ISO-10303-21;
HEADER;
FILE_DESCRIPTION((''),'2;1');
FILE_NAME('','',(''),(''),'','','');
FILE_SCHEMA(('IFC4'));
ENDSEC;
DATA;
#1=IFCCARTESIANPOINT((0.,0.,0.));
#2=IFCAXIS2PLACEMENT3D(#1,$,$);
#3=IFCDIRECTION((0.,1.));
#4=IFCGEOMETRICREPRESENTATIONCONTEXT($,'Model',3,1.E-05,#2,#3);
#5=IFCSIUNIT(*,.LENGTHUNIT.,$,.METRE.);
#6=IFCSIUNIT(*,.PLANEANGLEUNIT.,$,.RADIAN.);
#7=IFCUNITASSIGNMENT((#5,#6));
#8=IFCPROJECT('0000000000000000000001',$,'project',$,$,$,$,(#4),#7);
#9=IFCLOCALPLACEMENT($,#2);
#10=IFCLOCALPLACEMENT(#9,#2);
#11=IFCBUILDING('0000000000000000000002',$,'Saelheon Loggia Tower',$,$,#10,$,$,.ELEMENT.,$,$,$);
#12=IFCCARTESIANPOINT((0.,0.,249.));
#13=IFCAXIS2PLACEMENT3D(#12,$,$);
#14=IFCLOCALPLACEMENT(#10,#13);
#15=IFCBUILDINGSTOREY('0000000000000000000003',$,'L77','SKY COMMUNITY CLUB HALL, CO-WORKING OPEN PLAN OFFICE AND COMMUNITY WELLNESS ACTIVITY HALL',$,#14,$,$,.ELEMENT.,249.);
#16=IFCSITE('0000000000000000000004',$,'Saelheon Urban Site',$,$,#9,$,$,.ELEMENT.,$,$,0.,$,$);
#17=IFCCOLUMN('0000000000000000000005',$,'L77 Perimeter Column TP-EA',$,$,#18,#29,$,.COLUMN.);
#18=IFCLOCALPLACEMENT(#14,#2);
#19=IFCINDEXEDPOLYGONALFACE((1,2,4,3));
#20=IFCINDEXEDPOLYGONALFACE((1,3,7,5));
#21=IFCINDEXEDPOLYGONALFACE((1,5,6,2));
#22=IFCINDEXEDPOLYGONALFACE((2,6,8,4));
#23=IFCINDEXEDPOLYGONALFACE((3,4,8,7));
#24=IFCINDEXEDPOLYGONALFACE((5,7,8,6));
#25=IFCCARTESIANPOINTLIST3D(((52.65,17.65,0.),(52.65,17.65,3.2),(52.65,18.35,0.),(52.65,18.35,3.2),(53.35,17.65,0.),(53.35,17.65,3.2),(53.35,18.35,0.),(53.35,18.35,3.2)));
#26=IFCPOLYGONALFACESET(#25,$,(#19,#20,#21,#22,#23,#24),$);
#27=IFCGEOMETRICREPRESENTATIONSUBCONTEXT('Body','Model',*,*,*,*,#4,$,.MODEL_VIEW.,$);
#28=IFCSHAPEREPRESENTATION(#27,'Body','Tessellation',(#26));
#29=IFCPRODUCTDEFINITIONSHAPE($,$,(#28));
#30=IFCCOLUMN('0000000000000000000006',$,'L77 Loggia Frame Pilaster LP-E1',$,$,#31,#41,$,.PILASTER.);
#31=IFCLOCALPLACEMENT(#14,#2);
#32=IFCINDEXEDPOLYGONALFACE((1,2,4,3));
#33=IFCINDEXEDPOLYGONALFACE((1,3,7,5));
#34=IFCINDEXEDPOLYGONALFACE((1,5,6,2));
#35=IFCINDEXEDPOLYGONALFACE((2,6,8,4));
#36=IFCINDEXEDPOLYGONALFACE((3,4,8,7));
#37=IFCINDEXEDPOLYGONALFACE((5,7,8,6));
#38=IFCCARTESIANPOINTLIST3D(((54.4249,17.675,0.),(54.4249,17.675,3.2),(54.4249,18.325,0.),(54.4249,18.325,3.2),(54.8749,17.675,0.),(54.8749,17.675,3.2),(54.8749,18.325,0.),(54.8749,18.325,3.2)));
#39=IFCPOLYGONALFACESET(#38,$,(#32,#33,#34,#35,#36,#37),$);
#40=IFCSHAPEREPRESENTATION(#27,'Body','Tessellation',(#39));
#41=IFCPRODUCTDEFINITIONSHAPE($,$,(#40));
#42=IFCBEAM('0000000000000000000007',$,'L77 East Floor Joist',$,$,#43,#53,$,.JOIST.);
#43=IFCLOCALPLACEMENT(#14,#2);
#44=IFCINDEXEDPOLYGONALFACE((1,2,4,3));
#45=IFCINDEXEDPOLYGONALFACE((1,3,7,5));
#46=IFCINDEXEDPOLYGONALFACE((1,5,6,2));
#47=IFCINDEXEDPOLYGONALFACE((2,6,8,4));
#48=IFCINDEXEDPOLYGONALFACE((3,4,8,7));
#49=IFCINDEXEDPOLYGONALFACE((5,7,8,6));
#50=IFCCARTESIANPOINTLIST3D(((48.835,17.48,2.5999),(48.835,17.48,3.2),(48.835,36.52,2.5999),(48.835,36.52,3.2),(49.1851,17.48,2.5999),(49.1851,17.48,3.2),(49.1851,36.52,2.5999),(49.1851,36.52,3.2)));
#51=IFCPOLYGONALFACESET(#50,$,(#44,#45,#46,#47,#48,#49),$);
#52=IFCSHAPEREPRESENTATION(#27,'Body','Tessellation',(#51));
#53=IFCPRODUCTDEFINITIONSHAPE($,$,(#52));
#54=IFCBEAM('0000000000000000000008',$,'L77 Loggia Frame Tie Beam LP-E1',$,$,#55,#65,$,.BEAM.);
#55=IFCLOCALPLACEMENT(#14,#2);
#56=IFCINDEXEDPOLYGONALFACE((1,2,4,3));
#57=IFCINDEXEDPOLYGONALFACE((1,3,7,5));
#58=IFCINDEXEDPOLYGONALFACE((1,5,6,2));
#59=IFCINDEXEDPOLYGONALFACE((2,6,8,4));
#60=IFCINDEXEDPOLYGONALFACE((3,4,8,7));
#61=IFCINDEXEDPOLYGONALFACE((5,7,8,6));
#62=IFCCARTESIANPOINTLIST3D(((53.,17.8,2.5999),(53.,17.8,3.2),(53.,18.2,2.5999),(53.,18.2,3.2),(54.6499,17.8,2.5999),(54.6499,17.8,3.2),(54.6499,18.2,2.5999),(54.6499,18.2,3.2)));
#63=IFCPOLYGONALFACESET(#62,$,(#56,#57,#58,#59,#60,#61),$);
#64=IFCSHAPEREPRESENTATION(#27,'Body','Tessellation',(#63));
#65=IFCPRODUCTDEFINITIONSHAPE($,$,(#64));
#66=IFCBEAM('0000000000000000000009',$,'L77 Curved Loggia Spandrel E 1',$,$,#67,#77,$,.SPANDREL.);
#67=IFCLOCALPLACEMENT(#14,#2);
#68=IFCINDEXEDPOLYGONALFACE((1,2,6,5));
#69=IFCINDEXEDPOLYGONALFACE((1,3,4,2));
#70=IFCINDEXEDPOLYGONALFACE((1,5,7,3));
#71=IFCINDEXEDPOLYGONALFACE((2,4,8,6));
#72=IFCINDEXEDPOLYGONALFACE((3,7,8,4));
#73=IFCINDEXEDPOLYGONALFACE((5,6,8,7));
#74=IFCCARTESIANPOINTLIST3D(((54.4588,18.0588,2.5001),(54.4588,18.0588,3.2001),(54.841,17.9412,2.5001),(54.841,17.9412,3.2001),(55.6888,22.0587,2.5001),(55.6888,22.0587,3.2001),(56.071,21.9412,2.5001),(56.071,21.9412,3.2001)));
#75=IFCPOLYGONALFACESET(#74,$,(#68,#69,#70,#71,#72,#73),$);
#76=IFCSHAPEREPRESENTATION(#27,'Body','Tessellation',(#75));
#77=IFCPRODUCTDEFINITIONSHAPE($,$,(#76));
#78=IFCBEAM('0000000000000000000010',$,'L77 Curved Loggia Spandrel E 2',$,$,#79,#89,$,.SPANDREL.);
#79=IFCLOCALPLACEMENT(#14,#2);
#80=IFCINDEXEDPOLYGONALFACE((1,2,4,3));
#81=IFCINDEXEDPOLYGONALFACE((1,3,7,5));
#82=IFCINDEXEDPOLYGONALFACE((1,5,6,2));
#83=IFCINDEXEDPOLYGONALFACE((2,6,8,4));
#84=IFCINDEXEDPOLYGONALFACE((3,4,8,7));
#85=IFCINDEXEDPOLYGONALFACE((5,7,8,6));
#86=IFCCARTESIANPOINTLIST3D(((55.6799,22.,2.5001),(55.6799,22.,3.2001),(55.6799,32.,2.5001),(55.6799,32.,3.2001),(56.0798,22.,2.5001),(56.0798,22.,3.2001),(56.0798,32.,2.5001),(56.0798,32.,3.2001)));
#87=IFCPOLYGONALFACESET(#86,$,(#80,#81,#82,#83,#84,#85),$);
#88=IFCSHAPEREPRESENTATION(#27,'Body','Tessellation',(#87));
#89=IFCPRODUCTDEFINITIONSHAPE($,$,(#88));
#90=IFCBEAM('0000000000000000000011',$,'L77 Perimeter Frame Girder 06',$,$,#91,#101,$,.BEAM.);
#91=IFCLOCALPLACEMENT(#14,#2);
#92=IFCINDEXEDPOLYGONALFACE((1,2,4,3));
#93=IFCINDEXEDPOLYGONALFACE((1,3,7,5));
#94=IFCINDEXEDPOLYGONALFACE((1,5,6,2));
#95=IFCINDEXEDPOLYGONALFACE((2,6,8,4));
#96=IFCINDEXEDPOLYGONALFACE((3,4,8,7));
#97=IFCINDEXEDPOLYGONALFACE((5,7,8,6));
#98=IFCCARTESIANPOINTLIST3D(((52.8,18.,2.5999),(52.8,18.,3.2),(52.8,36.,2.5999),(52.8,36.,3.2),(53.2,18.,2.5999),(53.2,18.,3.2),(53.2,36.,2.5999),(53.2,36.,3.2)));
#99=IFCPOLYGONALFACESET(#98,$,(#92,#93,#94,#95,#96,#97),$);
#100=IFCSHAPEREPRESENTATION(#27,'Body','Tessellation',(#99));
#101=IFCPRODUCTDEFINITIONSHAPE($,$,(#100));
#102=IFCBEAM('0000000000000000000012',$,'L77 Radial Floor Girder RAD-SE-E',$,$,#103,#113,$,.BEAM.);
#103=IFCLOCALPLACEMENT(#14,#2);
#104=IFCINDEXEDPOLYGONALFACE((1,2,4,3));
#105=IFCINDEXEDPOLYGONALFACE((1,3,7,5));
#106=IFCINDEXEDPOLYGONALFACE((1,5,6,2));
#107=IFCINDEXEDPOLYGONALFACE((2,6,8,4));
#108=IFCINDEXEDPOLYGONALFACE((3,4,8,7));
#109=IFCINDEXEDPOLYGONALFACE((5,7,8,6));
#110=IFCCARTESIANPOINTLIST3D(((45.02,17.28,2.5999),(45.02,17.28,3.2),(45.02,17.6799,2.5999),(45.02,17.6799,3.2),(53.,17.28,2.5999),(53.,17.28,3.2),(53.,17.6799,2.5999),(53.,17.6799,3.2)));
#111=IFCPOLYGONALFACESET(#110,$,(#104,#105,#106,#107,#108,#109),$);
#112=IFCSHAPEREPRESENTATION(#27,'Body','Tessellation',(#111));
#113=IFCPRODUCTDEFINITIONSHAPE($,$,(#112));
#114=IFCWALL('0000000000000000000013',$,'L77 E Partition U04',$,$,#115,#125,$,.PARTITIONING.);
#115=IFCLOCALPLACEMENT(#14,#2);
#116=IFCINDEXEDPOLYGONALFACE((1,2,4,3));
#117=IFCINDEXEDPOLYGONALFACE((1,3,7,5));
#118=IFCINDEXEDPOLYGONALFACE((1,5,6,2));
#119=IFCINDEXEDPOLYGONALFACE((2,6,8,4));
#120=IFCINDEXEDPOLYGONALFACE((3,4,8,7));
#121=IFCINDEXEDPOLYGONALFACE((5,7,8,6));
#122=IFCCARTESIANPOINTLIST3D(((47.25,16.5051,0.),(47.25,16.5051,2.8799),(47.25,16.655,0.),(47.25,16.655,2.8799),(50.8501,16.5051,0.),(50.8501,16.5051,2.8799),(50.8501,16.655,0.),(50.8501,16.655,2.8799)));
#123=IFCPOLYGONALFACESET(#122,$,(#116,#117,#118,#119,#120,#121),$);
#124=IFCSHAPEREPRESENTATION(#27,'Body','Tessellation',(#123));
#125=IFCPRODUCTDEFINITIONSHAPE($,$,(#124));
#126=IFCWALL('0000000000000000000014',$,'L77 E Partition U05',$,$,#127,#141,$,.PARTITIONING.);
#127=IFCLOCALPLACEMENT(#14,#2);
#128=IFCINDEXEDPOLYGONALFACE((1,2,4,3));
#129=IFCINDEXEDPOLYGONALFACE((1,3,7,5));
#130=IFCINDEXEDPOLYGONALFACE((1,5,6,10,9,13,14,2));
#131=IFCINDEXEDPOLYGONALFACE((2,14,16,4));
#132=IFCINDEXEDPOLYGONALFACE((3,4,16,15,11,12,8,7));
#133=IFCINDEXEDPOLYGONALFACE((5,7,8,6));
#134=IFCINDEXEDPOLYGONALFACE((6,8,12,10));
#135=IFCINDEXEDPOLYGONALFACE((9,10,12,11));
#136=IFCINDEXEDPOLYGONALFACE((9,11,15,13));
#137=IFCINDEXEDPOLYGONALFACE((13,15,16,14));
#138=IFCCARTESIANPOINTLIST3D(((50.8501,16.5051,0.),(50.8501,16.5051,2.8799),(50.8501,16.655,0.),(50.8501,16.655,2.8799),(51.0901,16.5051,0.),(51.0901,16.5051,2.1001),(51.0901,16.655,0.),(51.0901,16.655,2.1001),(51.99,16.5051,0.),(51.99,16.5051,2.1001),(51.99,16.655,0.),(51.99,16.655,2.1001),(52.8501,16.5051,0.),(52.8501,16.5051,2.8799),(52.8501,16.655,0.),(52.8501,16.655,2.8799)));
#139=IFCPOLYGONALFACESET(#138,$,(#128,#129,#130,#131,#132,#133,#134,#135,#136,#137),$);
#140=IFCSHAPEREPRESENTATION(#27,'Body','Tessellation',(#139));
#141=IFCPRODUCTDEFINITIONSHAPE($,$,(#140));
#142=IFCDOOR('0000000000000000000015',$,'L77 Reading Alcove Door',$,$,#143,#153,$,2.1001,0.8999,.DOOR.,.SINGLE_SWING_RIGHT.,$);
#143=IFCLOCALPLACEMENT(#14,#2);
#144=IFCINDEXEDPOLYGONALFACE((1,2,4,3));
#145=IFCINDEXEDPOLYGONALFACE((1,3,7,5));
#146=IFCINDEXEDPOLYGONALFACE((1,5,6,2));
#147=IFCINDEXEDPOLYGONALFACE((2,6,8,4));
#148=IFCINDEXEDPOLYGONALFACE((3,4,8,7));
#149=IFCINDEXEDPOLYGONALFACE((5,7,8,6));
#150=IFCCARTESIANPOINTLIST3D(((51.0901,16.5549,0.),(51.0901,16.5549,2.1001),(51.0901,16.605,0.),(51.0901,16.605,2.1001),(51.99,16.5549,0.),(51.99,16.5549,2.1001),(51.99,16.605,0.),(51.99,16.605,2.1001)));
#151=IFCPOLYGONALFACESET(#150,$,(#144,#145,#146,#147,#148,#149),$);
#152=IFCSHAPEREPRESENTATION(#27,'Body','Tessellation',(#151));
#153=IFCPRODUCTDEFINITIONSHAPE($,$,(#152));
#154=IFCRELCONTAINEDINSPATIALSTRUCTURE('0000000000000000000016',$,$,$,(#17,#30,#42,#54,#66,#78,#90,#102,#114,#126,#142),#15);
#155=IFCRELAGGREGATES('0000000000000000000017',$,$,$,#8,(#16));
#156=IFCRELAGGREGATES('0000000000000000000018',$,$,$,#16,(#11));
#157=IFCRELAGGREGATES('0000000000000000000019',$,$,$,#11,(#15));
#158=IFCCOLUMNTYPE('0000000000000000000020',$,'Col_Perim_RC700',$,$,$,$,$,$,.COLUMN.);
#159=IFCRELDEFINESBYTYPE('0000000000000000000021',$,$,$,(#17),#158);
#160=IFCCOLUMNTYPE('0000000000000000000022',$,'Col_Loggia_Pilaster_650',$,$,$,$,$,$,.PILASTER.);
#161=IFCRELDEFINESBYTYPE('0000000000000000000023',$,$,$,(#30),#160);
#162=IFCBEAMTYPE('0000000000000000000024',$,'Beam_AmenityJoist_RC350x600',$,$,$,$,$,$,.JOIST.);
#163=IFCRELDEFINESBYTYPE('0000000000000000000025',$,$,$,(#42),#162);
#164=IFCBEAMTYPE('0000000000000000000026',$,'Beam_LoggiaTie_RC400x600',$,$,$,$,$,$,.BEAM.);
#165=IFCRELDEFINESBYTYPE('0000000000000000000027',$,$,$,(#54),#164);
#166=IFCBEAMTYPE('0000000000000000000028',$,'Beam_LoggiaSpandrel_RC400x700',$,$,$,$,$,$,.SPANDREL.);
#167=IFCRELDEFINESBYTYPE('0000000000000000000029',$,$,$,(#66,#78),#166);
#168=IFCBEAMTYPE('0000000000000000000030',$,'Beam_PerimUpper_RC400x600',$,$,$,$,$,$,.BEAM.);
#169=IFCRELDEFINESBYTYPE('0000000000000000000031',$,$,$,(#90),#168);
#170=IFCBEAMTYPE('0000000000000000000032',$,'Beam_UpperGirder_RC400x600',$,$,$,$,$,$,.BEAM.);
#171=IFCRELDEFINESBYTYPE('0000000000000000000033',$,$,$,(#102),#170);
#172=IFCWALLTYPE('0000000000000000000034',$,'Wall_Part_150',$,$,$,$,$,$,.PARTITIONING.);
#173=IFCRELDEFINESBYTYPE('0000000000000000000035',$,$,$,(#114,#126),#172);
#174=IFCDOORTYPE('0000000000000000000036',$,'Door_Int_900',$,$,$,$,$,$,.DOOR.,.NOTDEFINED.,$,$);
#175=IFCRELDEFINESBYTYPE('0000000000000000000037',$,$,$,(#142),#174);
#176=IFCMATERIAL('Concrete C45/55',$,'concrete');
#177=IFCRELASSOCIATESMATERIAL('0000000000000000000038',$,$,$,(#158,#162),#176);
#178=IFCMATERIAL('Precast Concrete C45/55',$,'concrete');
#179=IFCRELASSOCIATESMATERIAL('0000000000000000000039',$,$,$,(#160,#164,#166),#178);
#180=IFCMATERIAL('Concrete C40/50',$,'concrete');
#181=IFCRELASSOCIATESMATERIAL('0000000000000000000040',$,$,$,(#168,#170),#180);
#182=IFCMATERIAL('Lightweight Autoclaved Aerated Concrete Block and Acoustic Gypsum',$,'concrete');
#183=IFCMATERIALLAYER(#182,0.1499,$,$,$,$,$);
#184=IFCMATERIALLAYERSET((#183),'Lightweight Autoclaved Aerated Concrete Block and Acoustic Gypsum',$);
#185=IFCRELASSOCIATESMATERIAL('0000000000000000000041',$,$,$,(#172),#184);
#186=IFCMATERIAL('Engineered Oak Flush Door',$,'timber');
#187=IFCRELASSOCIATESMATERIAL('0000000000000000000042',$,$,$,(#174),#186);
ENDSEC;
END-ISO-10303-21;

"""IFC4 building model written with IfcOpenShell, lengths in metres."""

from ifc_helpers import new_model, si_unit, direction, frame, frame_2d, origin, origin_2d, place, context, subcontext, project, spatial, rectangle, extrude, source, transform, mapped, material, layer, layer_set, material_profile, profile_set, type_object, element, fill, save


model = new_model("IFC4")

# Units and contexts
model_context = context("Model", 3, precision=1e-05, world=origin(), true_north=direction((0.0, 1.0)))
body_context = subcontext(model_context, "Body", "Model", "MODEL_VIEW")
ifc_project = project(units=[si_unit("LENGTHUNIT", "METRE"), si_unit("PLANEANGLEUNIT", "RADIAN")], contexts=[model_context])

# Site, building, storey
site_placement = place(None, origin())
site = spatial("IfcSite", under=ifc_project, at=site_placement, Name="Saelheon Urban Site", CompositionType="ELEMENT", RefElevation=0.0)
building_placement = place(site_placement, origin())
building = spatial("IfcBuilding", under=site, at=building_placement, Name="Saelheon Loggia Tower", CompositionType="ELEMENT")
storey_placement = place(building_placement, frame((0.0, 0.0, 249.0)))
storey = spatial("IfcBuildingStorey", under=building, at=storey_placement, Name="L77", Description="SKY COMMUNITY CLUB HALL, CO-WORKING OPEN PLAN OFFICE AND COMMUNITY WELLNESS ACTIVITY HALL", CompositionType="ELEMENT", Elevation=249.0)

# Columns
ifc_material_1 = material(Name="Concrete C45/55", Category="concrete")
ifc_material_profile_1 = material_profile(ifc_material_1, rectangle(XDim=0.7, YDim=0.7, at=origin_2d()), Name="RC-700x700")
ifc_profile_set_1 = profile_set([ifc_material_profile_1], Name="Concrete C45/55")
column_type_1 = type_object("IfcColumnType", Name="Col_Perim_RC700", PredefinedType="COLUMN", material=ifc_profile_set_1)
shared_shape_1 = source(origin(), body_context, "Body", "SweptSolid", [
    extrude(rectangle(XDim=0.7, YDim=0.7, at=origin_2d()), origin(), (0.0, 0.0, 1.0), 3.2),
])
column_1_placement = place(storey_placement, frame((53.0, 18.0, 0.0), z_axis=(0.0, 0.0, 1.0), x_axis=(1.0, 0.0, 0.0)))
element("IfcColumn", 1, at=column_1_placement, inside=storey, type_object=column_type_1, Name="L77 Perimeter Column TP-EA", PredefinedType="COLUMN", context=body_context, shape_type="MappedRepresentation", body=[
    mapped(shared_shape_1, transform((0.0, 0.0, 0.0), scale=1.0)),
])
ifc_material_2 = material(Name="Precast Concrete C45/55", Category="concrete")
ifc_material_profile_2 = material_profile(ifc_material_2, rectangle(XDim=0.45, YDim=0.6499, at=origin_2d()), Name="RC-450x650")
ifc_profile_set_2 = profile_set([ifc_material_profile_2], Name="Precast Concrete C45/55")
column_type_2 = type_object("IfcColumnType", Name="Col_Loggia_Pilaster_650", PredefinedType="PILASTER", material=ifc_profile_set_2)
shared_shape_2 = source(origin(), body_context, "Body", "SweptSolid", [
    extrude(rectangle(XDim=0.45, YDim=0.6499, at=origin_2d()), origin(), (0.0, 0.0, 1.0), 3.2),
])
column_2_placement = place(storey_placement, frame((54.6499, 18.0, 0.0), z_axis=(0.0, 0.0, 1.0), x_axis=(1.0, 0.0, 0.0)))
element("IfcColumn", 2, at=column_2_placement, inside=storey, type_object=column_type_2, Name="L77 Loggia Frame Pilaster LP-E1", PredefinedType="PILASTER", context=body_context, shape_type="MappedRepresentation", body=[
    mapped(shared_shape_2, transform((0.0, 0.0, 0.0), scale=1.0)),
])

# Beams
ifc_material_profile_3 = material_profile(ifc_material_1, rectangle(XDim=0.3501, YDim=0.6001, at=origin_2d()), Name="RC-350x600")
ifc_profile_set_3 = profile_set([ifc_material_profile_3], Name="Concrete C45/55")
beam_type_1 = type_object("IfcBeamType", Name="Beam_AmenityJoist_RC350x600", PredefinedType="JOIST", material=ifc_profile_set_3)
shared_shape_3 = source(origin(), body_context, "Body", "SweptSolid", [
    extrude(rectangle(XDim=0.3501, YDim=0.6001, at=origin_2d()), origin(), (0.0, 0.0, 1.0), 19.04),
])
beam_1_placement = place(storey_placement, frame((49.01, 17.48, 2.8999), z_axis=(0.0, 1.0, 0.0), x_axis=(-1.0, 0.0, 0.0)))
element("IfcBeam", 3, at=beam_1_placement, inside=storey, type_object=beam_type_1, Name="L77 East Floor Joist", PredefinedType="JOIST", context=body_context, shape_type="MappedRepresentation", body=[
    mapped(shared_shape_3, transform((0.0, 0.0, 0.0), scale=1.0)),
])
ifc_material_profile_4 = material_profile(ifc_material_2, rectangle(XDim=0.3999, YDim=0.6001, at=origin_2d()), Name="RC-400x600")
ifc_profile_set_4 = profile_set([ifc_material_profile_4], Name="Precast Concrete C45/55")
beam_type_2 = type_object("IfcBeamType", Name="Beam_LoggiaTie_RC400x600", PredefinedType="BEAM", material=ifc_profile_set_4)
shared_shape_4 = source(origin(), body_context, "Body", "SweptSolid", [
    extrude(rectangle(XDim=0.3999, YDim=0.6001, at=origin_2d()), origin(), (0.0, 0.0, 1.0), 1.6499),
])
beam_2_placement = place(storey_placement, frame((53.0, 18.0, 2.8999), z_axis=(1.0, 0.0, 0.0), x_axis=(0.0, 1.0, 0.0)))
element("IfcBeam", 4, at=beam_2_placement, inside=storey, type_object=beam_type_2, Name="L77 Loggia Frame Tie Beam LP-E1", PredefinedType="BEAM", context=body_context, shape_type="MappedRepresentation", body=[
    mapped(shared_shape_4, transform((0.0, 0.0, 0.0), scale=1.0)),
])
ifc_material_profile_5 = material_profile(ifc_material_2, rectangle(XDim=0.3999, YDim=0.7, at=origin_2d()), Name="RC-400x700")
ifc_profile_set_5 = profile_set([ifc_material_profile_5], Name="Precast Concrete C45/55")
beam_type_3 = type_object("IfcBeamType", Name="Beam_LoggiaSpandrel_RC400x700", PredefinedType="SPANDREL", material=ifc_profile_set_5)
shared_shape_5 = source(origin(), body_context, "Body", "SweptSolid", [
    extrude(rectangle(XDim=0.3999, YDim=0.7, at=origin_2d()), origin(), (0.0, 0.0, 1.0), 4.1848),
])
beam_3_placement = place(storey_placement, frame((54.6499, 18.0, 2.8501), z_axis=(0.293914, 0.955832, 0.0), x_axis=(-0.955832, 0.293914, 0.0)))
element("IfcBeam", 5, at=beam_3_placement, inside=storey, type_object=beam_type_3, Name="L77 Curved Loggia Spandrel E 1", PredefinedType="SPANDREL", context=body_context, shape_type="MappedRepresentation", body=[
    mapped(shared_shape_5, transform((0.0, 0.0, 0.0), scale=1.0)),
])
shared_shape_6 = source(origin(), body_context, "Body", "SweptSolid", [
    extrude(rectangle(XDim=0.3999, YDim=0.7, at=origin_2d()), origin(), (0.0, 0.0, 1.0), 10.0),
])
beam_4_placement = place(storey_placement, frame((55.8799, 22.0, 2.8501), z_axis=(0.0, 1.0, 0.0), x_axis=(-1.0, 0.0, 0.0)))
element("IfcBeam", 6, at=beam_4_placement, inside=storey, type_object=beam_type_3, Name="L77 Curved Loggia Spandrel E 2", PredefinedType="SPANDREL", context=body_context, shape_type="MappedRepresentation", body=[
    mapped(shared_shape_6, transform((0.0, 0.0, 0.0), scale=1.0)),
])
ifc_material_3 = material(Name="Concrete C40/50", Category="concrete")
ifc_material_profile_6 = material_profile(ifc_material_3, rectangle(XDim=0.3999, YDim=0.6001, at=origin_2d()), Name="RC-400x600")
ifc_profile_set_6 = profile_set([ifc_material_profile_6], Name="Concrete C40/50")
beam_type_4 = type_object("IfcBeamType", Name="Beam_PerimUpper_RC400x600", PredefinedType="BEAM", material=ifc_profile_set_6)
shared_shape_7 = source(origin(), body_context, "Body", "SweptSolid", [
    extrude(rectangle(XDim=0.3999, YDim=0.6001, at=origin_2d()), origin(), (0.0, 0.0, 1.0), 18.0),
])
beam_5_placement = place(storey_placement, frame((53.0, 18.0, 2.8999), z_axis=(0.0, 1.0, 0.0), x_axis=(-1.0, 0.0, 0.0)))
element("IfcBeam", 7, at=beam_5_placement, inside=storey, type_object=beam_type_4, Name="L77 Perimeter Frame Girder 06", PredefinedType="BEAM", context=body_context, shape_type="MappedRepresentation", body=[
    mapped(shared_shape_7, transform((0.0, 0.0, 0.0), scale=1.0)),
])
ifc_material_profile_7 = material_profile(ifc_material_3, rectangle(XDim=0.3999, YDim=0.6001, at=origin_2d()), Name="RC-400x600")
ifc_profile_set_7 = profile_set([ifc_material_profile_7], Name="Concrete C40/50")
beam_type_5 = type_object("IfcBeamType", Name="Beam_UpperGirder_RC400x600", PredefinedType="BEAM", material=ifc_profile_set_7)
shared_shape_8 = source(origin(), body_context, "Body", "SweptSolid", [
    extrude(rectangle(XDim=0.3999, YDim=0.6001, at=origin_2d()), origin(), (0.0, 0.0, 1.0), 7.98),
])
beam_6_placement = place(storey_placement, frame((45.02, 17.48, 2.8999), z_axis=(1.0, 0.0, 0.0), x_axis=(0.0, 1.0, 0.0)))
element("IfcBeam", 8, at=beam_6_placement, inside=storey, type_object=beam_type_5, Name="L77 Radial Floor Girder RAD-SE-E", PredefinedType="BEAM", context=body_context, shape_type="MappedRepresentation", body=[
    mapped(shared_shape_8, transform((0.0, 0.0, 0.0), scale=1.0)),
])

# Wall
ifc_material_4 = material(Name="Lightweight Autoclaved Aerated Concrete Block and Acoustic Gypsum", Category="concrete")
ifc_layer_1 = layer(ifc_material_4, 0.1499)
ifc_layer_set_1 = layer_set([ifc_layer_1], Name="Lightweight Autoclaved Aerated Concrete Block and Acoustic Gypsum")
wall_type_1 = type_object("IfcWallType", Name="Wall_Part_150", PredefinedType="PARTITIONING", material=ifc_layer_set_1)
wall_1_placement = place(storey_placement, frame((47.25, 16.5801, 0.0), z_axis=(0.0, 0.0, 1.0), x_axis=(1.0, 0.0, 0.0)))
element("IfcWall", 9, at=wall_1_placement, inside=storey, type_object=wall_type_1, Name="L77 E Partition U04", PredefinedType="PARTITIONING", context=body_context, shape_type="SweptSolid", body=[
    extrude(rectangle(XDim=3.6001, YDim=0.1499, at=frame_2d((1.8, 0.0))), origin(), (0.0, 0.0, 1.0), 2.8799),
])

# Wall, opening, door
wall_2_placement = place(storey_placement, frame((50.8501, 16.5801, 0.0), z_axis=(0.0, 0.0, 1.0), x_axis=(1.0, 0.0, 0.0)))
wall_2 = element("IfcWall", 10, at=wall_2_placement, inside=storey, type_object=wall_type_1, Name="L77 E Partition U05", PredefinedType="PARTITIONING", context=body_context, shape_type="SweptSolid", body=[
    extrude(rectangle(XDim=2.0, YDim=0.1499, at=frame_2d((1.0, 0.0))), origin(), (0.0, 0.0, 1.0), 2.8799),
])
opening_1_placement = place(wall_2_placement, frame((0.24, 0.0, 0.0)))
opening_1 = element("IfcOpeningElement", 11, at=opening_1_placement, cuts=wall_2, PredefinedType="OPENING", context=body_context, shape_type="SweptSolid", body=[
    extrude(rectangle(XDim=0.8999, YDim=2.1001, at=frame_2d((0.45, 1.05))), frame((0.0, 0.0869, 0.0), z_axis=(0.0, -1.0, 0.0), x_axis=(1.0, 0.0, 0.0)), (0.0, 0.0, 1.0), 0.1738),
])
ifc_material_5 = material(Name="Engineered Oak Flush Door", Category="timber")
door_type_1 = type_object("IfcDoorType", Name="Door_Int_900", OperationType="NOTDEFINED", PredefinedType="DOOR", material=ifc_material_5)
shared_shape_9 = source(origin(), body_context, "Body", "SweptSolid", [
    extrude(rectangle(XDim=0.8999, YDim=2.1001, at=frame_2d((0.45, 1.05))), frame((0.0, 0.0249, 0.0), z_axis=(0.0, -1.0, 0.0), x_axis=(1.0, 0.0, 0.0)), (0.0, 0.0, 1.0), 0.05),
])
door_1_placement = place(opening_1_placement, origin())
door_1 = element("IfcDoor", 12, at=door_1_placement, inside=storey, type_object=door_type_1, Name="L77 Reading Alcove Door", OperationType="SINGLE_SWING_RIGHT", OverallHeight=2.1001, OverallWidth=0.8999, PredefinedType="DOOR", context=body_context, shape_type="MappedRepresentation", body=[
    mapped(shared_shape_9, transform((0.0, 0.0, 0.0), scale=1.0)),
])
fill(opening_1, door_1)

save(model, "model.ifc")
